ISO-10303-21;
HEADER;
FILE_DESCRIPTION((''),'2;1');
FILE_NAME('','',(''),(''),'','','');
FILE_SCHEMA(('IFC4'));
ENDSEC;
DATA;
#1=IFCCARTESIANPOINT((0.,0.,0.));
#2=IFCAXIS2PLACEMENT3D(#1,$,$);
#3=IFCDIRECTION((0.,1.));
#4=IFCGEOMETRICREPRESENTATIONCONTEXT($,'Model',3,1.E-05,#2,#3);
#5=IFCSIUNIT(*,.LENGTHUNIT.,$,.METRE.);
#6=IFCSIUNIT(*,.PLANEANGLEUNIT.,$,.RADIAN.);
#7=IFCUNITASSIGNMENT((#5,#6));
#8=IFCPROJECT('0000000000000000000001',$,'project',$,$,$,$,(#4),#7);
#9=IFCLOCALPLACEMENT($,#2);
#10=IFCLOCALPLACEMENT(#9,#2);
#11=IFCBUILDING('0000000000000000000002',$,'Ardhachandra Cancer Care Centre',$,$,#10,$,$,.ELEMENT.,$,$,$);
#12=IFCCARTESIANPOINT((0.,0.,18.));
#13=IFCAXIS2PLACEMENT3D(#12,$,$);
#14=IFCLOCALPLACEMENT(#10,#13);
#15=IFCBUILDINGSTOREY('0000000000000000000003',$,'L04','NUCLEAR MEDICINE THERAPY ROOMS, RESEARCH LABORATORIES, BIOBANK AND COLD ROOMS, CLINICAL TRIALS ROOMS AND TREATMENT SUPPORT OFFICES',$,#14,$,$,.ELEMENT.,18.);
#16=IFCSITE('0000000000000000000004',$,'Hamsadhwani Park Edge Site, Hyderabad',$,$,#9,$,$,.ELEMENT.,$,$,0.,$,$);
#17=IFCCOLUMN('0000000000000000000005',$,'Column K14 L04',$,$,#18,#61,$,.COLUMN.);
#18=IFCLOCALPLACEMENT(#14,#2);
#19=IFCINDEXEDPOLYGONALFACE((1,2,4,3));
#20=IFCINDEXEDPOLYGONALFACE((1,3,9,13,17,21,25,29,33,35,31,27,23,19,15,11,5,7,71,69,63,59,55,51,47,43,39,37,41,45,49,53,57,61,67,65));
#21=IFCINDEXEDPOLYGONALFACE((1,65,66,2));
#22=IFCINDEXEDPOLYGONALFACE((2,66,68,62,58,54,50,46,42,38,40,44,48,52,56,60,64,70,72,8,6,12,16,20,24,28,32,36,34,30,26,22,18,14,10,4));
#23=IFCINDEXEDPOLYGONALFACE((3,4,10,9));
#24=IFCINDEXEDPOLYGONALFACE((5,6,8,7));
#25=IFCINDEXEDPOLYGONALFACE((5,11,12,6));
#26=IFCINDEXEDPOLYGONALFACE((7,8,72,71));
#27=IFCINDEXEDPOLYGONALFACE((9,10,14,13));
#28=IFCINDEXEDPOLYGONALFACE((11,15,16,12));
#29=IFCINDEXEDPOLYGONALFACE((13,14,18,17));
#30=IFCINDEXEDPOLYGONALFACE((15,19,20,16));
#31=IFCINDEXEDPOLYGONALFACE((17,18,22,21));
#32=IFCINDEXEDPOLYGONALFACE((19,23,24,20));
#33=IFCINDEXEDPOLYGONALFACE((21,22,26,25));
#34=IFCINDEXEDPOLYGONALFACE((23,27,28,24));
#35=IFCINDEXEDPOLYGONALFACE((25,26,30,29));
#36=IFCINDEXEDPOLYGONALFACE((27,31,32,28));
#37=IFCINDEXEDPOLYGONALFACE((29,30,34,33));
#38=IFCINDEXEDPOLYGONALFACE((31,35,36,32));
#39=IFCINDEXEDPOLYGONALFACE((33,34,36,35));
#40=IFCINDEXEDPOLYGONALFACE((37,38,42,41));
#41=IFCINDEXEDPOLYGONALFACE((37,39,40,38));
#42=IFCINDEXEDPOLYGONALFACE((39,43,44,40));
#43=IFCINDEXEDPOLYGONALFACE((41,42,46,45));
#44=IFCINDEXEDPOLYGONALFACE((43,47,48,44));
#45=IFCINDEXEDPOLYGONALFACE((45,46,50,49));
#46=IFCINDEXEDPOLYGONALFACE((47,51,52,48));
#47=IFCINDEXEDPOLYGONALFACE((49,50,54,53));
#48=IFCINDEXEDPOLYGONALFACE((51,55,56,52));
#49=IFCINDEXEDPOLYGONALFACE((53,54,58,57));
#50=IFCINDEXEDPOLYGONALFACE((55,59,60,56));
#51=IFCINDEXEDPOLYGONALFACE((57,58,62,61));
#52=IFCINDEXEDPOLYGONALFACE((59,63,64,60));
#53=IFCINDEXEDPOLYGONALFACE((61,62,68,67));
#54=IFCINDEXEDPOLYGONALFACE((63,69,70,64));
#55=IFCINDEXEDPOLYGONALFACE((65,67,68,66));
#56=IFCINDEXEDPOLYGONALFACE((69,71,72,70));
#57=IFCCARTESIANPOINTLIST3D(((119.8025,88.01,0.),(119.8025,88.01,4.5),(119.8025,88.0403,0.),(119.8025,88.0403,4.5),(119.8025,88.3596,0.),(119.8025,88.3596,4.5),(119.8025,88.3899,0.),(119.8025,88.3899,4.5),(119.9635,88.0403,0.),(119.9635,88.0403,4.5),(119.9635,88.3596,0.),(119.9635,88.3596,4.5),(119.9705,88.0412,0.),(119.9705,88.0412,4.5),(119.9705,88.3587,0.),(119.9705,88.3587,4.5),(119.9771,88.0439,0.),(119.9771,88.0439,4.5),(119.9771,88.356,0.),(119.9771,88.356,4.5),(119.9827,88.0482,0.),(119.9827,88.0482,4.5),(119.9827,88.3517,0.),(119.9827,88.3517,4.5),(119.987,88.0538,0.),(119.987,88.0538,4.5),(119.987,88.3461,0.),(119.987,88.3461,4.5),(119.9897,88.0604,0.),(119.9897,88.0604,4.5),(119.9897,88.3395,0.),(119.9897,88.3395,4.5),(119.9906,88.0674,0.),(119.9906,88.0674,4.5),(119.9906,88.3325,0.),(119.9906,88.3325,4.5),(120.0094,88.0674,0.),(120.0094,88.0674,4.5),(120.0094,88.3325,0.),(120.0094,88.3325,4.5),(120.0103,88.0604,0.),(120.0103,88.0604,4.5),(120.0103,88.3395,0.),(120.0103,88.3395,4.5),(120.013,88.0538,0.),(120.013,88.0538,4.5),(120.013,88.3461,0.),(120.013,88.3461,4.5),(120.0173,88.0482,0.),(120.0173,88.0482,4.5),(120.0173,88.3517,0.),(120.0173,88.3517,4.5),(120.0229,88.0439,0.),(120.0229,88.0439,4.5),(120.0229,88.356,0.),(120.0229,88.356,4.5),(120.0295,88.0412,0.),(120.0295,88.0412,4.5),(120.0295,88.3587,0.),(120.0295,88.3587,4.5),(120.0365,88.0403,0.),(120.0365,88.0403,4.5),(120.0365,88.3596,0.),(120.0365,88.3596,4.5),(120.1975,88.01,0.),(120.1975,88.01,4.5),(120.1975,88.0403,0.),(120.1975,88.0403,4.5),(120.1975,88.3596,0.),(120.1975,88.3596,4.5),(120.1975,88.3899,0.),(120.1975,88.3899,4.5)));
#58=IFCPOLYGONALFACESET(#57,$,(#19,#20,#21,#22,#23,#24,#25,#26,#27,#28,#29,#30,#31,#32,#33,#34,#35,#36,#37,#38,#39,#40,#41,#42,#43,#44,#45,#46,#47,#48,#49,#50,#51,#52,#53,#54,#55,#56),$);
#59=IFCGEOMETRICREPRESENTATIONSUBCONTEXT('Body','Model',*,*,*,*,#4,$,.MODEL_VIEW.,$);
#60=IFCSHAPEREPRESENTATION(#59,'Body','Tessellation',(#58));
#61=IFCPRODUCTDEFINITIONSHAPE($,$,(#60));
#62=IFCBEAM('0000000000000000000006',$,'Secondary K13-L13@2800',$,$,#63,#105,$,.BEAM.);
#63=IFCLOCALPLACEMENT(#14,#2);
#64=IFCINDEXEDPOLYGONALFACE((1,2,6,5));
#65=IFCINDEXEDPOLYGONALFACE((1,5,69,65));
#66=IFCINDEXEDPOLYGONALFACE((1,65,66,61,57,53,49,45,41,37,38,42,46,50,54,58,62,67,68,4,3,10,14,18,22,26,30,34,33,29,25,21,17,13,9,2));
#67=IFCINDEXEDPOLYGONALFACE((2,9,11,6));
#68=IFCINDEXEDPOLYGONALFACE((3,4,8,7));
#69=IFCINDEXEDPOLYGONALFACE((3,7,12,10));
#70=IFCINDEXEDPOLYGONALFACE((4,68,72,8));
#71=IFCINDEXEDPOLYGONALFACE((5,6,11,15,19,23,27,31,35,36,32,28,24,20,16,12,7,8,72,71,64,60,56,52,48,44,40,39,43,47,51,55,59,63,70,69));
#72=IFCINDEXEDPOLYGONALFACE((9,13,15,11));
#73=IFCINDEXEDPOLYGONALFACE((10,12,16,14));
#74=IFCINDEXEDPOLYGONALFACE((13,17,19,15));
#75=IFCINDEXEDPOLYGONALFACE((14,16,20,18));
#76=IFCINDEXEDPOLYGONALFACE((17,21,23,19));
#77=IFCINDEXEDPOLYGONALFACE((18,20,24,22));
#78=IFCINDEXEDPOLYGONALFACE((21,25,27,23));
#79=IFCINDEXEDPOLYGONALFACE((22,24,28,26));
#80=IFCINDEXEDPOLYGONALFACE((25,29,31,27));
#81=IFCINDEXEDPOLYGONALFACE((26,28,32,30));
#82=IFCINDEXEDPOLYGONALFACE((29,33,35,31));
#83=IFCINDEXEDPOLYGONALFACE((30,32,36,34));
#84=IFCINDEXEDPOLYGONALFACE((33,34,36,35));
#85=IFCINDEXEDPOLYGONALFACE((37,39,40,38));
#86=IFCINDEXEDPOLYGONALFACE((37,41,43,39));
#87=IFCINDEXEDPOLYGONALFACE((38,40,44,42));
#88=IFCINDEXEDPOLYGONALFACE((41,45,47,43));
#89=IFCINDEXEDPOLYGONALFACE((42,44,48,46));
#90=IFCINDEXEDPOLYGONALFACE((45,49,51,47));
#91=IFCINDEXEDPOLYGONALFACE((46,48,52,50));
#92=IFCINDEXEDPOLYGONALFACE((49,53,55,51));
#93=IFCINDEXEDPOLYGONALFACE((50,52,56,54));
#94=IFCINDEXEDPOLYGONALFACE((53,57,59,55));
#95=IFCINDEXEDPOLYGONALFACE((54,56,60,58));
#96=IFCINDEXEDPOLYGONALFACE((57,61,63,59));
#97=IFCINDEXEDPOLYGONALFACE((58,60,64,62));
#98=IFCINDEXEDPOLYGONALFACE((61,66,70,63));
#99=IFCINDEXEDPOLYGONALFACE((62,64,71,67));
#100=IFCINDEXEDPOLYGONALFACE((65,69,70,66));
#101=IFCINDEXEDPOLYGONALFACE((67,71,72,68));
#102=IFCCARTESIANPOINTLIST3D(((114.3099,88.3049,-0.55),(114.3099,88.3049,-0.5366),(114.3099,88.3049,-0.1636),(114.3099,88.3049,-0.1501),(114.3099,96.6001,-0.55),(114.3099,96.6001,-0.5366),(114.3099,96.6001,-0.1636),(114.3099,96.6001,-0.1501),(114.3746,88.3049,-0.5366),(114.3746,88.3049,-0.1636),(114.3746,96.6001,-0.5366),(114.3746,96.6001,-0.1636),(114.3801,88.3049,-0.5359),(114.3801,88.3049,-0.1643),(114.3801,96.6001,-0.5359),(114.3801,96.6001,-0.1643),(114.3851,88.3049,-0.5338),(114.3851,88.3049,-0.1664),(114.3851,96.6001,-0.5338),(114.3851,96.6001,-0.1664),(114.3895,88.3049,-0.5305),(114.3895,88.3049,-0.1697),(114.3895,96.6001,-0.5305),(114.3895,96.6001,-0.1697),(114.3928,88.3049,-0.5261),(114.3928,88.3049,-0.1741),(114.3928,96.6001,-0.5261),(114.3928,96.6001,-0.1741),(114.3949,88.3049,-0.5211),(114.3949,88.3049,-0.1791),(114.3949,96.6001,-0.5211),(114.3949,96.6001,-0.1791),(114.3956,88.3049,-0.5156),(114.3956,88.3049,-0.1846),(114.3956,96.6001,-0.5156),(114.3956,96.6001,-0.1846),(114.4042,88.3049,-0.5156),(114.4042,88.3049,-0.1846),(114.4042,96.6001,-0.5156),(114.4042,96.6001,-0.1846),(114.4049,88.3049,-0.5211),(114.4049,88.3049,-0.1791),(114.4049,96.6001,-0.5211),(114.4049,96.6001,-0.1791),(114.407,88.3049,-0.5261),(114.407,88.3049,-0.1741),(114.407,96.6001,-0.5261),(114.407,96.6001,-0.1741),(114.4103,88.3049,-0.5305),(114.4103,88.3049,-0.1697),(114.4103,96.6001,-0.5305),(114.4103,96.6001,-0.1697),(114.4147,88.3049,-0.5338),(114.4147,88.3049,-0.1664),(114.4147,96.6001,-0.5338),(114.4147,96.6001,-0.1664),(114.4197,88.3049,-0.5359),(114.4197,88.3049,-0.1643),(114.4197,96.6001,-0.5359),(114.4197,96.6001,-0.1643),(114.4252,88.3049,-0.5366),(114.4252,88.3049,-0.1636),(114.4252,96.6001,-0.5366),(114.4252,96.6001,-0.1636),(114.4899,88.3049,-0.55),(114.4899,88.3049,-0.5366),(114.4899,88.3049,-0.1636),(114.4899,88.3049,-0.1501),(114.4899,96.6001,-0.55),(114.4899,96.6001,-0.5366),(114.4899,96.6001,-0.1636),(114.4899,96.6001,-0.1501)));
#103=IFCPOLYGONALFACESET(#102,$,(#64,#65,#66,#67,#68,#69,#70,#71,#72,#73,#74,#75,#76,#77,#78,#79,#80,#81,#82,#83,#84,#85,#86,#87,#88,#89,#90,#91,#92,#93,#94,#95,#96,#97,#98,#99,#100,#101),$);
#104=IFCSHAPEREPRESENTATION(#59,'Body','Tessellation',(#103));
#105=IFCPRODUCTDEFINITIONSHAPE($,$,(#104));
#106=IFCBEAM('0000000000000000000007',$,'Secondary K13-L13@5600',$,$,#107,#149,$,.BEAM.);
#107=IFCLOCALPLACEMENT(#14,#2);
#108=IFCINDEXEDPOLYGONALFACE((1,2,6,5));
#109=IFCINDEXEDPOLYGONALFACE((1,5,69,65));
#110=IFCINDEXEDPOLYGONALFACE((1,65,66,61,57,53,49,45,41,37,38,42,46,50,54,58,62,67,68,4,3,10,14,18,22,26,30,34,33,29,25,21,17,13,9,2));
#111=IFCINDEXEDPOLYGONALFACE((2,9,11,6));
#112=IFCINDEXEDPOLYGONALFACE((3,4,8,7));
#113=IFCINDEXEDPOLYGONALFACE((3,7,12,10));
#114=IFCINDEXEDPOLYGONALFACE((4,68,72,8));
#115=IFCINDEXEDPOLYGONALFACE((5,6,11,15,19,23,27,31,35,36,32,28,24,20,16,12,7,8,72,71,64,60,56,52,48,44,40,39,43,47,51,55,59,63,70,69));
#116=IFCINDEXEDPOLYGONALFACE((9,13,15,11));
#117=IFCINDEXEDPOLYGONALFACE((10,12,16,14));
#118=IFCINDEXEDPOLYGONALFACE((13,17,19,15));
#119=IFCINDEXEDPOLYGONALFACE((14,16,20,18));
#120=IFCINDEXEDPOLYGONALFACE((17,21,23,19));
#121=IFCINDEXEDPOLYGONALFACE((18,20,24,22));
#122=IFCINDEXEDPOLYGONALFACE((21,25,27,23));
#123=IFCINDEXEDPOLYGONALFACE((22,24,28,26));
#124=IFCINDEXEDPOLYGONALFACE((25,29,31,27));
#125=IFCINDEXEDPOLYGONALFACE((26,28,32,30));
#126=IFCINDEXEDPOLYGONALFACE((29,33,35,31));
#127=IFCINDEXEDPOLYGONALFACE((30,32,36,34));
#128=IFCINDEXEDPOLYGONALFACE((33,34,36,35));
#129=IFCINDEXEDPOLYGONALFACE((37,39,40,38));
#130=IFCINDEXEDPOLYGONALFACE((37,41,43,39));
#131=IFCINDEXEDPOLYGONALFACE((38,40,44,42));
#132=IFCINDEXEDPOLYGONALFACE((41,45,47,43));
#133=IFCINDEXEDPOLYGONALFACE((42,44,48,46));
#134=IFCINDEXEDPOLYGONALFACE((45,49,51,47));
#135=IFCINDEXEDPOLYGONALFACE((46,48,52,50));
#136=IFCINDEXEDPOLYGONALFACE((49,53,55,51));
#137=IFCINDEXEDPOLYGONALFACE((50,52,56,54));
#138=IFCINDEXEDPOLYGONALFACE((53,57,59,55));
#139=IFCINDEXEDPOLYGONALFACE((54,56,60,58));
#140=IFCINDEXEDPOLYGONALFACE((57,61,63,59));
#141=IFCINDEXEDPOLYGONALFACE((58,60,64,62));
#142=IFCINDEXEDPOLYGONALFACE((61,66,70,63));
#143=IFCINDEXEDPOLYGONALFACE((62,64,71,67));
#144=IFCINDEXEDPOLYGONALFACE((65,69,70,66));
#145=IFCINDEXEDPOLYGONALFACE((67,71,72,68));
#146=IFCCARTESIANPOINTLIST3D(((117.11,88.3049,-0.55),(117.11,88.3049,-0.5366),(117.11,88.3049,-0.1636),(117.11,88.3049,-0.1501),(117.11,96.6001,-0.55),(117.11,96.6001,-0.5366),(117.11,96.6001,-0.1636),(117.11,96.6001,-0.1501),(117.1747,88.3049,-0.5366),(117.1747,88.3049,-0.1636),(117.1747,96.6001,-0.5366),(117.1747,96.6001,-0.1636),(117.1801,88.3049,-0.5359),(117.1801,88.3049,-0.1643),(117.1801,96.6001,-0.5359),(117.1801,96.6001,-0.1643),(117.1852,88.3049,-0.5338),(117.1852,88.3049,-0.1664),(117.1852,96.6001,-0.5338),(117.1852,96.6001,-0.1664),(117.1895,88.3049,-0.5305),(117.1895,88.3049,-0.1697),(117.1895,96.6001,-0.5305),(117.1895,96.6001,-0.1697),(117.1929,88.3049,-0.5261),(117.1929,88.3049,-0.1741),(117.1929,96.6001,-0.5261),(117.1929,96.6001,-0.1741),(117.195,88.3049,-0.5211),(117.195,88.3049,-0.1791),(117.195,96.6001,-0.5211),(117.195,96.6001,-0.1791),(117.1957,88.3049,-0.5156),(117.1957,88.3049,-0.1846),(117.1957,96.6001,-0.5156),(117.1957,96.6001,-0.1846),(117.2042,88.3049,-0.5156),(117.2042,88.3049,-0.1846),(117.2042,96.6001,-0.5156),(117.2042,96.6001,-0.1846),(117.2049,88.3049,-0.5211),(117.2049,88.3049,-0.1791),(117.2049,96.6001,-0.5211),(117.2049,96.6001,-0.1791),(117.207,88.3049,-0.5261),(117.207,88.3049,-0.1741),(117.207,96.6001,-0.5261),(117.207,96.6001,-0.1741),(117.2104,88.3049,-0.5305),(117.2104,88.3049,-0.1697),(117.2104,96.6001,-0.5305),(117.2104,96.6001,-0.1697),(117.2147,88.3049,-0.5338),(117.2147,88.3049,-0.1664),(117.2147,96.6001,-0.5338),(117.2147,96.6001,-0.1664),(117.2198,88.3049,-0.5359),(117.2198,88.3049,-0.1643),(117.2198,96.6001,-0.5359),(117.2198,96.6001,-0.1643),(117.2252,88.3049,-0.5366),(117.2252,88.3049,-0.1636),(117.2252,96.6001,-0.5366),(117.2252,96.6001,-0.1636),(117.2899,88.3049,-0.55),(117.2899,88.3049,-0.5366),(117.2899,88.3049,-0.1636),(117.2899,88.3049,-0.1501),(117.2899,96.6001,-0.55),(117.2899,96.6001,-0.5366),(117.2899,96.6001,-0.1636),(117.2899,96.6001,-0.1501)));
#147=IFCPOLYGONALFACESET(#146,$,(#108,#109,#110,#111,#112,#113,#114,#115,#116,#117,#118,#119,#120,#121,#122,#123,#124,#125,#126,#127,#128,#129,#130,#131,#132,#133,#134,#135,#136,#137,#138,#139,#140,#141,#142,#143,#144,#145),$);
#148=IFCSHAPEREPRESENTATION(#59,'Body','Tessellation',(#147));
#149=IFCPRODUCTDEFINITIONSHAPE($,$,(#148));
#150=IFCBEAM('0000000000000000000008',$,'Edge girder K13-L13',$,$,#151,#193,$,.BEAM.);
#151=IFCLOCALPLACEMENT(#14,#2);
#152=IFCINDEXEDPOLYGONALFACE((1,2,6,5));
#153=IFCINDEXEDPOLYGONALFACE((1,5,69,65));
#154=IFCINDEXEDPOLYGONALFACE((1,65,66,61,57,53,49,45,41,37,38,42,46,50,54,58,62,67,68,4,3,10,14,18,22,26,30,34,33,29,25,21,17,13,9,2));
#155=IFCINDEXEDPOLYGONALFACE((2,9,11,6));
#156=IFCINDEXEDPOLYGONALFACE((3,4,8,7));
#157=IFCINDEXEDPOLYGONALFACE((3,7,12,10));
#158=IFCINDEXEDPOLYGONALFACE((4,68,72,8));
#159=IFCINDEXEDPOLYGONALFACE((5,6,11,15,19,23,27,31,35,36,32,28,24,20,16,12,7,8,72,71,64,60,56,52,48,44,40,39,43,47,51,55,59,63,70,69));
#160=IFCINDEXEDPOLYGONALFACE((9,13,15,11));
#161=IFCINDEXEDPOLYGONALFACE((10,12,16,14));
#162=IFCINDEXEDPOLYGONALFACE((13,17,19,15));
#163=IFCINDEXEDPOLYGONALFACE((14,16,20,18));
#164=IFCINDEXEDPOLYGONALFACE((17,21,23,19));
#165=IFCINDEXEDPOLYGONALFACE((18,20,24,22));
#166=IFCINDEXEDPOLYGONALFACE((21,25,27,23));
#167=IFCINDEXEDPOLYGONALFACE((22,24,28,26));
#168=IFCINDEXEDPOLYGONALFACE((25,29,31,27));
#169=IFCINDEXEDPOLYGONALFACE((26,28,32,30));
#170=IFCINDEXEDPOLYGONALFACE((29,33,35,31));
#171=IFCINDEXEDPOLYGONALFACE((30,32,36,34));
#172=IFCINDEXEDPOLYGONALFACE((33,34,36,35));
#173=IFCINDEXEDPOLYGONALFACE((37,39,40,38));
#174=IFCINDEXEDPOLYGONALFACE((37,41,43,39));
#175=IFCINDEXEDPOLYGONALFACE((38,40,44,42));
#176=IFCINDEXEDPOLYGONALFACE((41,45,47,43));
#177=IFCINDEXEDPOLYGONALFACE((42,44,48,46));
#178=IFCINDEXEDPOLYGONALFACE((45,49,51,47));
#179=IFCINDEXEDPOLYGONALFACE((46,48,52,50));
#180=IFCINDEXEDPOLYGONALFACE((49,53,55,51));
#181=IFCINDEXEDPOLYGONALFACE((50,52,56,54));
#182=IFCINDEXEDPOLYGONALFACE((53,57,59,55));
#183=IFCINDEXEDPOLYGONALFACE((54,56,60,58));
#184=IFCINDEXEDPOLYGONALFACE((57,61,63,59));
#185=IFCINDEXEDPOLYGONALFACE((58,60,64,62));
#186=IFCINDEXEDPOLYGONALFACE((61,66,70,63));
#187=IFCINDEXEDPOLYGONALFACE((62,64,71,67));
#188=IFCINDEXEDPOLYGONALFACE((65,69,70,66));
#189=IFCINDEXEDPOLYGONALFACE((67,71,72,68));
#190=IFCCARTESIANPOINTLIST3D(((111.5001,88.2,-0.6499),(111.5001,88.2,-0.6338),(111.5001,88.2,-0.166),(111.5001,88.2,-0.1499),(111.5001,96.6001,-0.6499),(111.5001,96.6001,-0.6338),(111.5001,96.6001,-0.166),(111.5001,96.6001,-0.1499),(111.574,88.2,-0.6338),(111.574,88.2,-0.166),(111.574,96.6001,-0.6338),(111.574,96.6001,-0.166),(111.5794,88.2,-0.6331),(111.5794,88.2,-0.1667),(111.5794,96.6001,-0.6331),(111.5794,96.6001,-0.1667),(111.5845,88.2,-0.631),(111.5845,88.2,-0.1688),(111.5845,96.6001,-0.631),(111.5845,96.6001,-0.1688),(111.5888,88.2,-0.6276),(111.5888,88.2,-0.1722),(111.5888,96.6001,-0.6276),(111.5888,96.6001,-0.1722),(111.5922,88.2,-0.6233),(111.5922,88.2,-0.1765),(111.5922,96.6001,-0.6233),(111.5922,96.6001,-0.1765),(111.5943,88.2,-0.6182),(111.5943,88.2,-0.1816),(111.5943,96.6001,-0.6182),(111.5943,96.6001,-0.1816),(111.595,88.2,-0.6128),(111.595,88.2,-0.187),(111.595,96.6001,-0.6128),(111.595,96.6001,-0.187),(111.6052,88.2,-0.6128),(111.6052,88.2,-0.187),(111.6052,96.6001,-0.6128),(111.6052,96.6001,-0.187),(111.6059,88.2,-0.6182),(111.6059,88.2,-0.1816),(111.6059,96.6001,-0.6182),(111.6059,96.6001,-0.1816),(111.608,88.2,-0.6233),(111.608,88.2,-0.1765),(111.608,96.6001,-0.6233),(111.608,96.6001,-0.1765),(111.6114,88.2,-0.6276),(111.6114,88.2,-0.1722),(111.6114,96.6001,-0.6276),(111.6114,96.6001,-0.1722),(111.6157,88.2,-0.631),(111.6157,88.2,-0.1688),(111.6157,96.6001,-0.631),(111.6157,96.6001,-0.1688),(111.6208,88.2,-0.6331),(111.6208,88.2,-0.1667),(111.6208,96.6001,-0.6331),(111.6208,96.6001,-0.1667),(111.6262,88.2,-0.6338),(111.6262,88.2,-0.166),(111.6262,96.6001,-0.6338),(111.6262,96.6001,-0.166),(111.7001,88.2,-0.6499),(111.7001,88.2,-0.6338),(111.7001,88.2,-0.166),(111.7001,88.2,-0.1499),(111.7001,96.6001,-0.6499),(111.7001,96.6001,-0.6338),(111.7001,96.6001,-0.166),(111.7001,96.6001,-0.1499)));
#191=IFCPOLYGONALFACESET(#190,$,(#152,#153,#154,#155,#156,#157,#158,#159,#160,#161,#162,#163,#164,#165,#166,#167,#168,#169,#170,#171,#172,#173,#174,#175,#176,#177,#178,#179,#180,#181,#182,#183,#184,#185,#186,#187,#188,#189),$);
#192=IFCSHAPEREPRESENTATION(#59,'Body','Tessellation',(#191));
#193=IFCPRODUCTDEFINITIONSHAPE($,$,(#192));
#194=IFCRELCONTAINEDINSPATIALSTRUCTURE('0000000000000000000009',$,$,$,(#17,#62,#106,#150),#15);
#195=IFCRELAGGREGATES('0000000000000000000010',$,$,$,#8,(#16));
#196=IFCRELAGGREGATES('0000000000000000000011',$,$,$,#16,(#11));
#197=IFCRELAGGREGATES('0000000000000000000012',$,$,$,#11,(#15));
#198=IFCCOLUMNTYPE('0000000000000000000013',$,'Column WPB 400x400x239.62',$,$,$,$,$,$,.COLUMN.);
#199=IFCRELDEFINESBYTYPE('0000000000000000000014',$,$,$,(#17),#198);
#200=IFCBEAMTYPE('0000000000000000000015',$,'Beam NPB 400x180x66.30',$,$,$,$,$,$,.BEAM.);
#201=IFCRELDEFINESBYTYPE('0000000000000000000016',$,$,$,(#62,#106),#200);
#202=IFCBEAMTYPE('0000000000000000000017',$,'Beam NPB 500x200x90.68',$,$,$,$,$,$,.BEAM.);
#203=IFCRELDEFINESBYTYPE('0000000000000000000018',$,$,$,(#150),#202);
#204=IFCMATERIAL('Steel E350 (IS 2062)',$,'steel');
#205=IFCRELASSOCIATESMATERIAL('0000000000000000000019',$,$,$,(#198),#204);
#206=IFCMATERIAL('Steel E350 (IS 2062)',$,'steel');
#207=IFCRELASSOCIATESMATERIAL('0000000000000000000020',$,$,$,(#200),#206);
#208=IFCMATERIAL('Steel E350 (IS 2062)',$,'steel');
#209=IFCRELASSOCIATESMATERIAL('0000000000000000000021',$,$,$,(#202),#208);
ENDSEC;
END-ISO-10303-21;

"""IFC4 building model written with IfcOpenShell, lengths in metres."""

from ifc_helpers import new_model, si_unit, direction, frame, origin, origin_2d, place, context, subcontext, project, spatial, i_section, extrude, material, material_profile, profile_set, type_object, element, save


model = new_model("IFC4")

# Units and contexts
model_context = context("Model", 3, precision=1e-05, world=origin(), true_north=direction((0.0, 1.0)))
body_context = subcontext(model_context, "Body", "Model", "MODEL_VIEW")
ifc_project = project(units=[si_unit("LENGTHUNIT", "METRE"), si_unit("PLANEANGLEUNIT", "RADIAN")], contexts=[model_context])

# Site, building, storey
site_placement = place(None, origin())
site = spatial("IfcSite", under=ifc_project, at=site_placement, Name="Hamsadhwani Park Edge Site, Hyderabad", CompositionType="ELEMENT", RefElevation=0.0)
building_placement = place(site_placement, origin())
building = spatial("IfcBuilding", under=site, at=building_placement, Name="Ardhachandra Cancer Care Centre", CompositionType="ELEMENT")
storey_placement = place(building_placement, frame((0.0, 0.0, 18.0)))
storey = spatial("IfcBuildingStorey", under=building, at=storey_placement, Name="L04", Description="NUCLEAR MEDICINE THERAPY ROOMS, RESEARCH LABORATORIES, BIOBANK AND COLD ROOMS, CLINICAL TRIALS ROOMS AND TREATMENT SUPPORT OFFICES", CompositionType="ELEMENT", Elevation=18.0)

# Column
ifc_material_1 = material(Name="Steel E350 (IS 2062)", Category="steel")
ifc_material_profile_1 = material_profile(ifc_material_1, i_section(OverallWidth=0.395, OverallDepth=0.3799, WebThickness=0.0188, FlangeThickness=0.0303, FilletRadius=0.0271, at=origin_2d()), Name="WPB 400x400x239.62")
ifc_profile_set_1 = profile_set([ifc_material_profile_1], Name="Steel E350 (IS 2062)")
column_type = type_object("IfcColumnType", Name="Column WPB 400x400x239.62", PredefinedType="COLUMN", material=ifc_profile_set_1)
column_placement = place(storey_placement, frame((120.0, 88.2, 0.0), z_axis=(0.0, 0.0, 1.0), x_axis=(1.0, 0.0, 0.0)))
element("IfcColumn", 1, at=column_placement, inside=storey, type_object=column_type, Name="Column K14 L04", PredefinedType="COLUMN", context=body_context, shape_type="SweptSolid", body=[
    extrude(i_section(OverallWidth=0.395, OverallDepth=0.3799, WebThickness=0.0188, FlangeThickness=0.0303, FilletRadius=0.0271, at=origin_2d()), origin(), (0.0, 0.0, 1.0), 4.5),
])

# Beams
ifc_material_2 = material(Name="Steel E350 (IS 2062)", Category="steel")
ifc_material_profile_2 = material_profile(ifc_material_2, i_section(OverallWidth=0.1799, OverallDepth=0.3999, WebThickness=0.0085, FlangeThickness=0.0134, FilletRadius=0.021, at=origin_2d()), Name="NPB 400x180x66.30")
ifc_profile_set_2 = profile_set([ifc_material_profile_2], Name="Steel E350 (IS 2062)")
beam_type_1 = type_object("IfcBeamType", Name="Beam NPB 400x180x66.30", PredefinedType="BEAM", material=ifc_profile_set_2)
for number, where, z_axis, x_axis, name in (
    (2, (114.3999, 88.3049, -0.3501), (0.0, 1.0, 0.0), (-1.0, 0.0, 0.0), "Secondary K13-L13@2800"),
    (3, (117.2, 88.3049, -0.3501), (0.0, 1.0, 0.0), (-1.0, 0.0, 0.0), "Secondary K13-L13@5600"),
):
    element("IfcBeam", number, at=place(storey_placement, frame(where, z_axis=z_axis, x_axis=x_axis)), inside=storey, type_object=beam_type_1, Name=name, PredefinedType="BEAM", context=body_context, shape_type="SweptSolid", body=[
        extrude(i_section(OverallWidth=0.1799, OverallDepth=0.3999, WebThickness=0.0085, FlangeThickness=0.0134, FilletRadius=0.021, at=origin_2d()), origin(), (0.0, 0.0, 1.0), 8.2952),
    ])
ifc_material_3 = material(Name="Steel E350 (IS 2062)", Category="steel")
ifc_material_profile_3 = material_profile(ifc_material_3, i_section(OverallWidth=0.2, OverallDepth=0.5, WebThickness=0.0103, FlangeThickness=0.0161, FilletRadius=0.021, at=origin_2d()), Name="NPB 500x200x90.68")
ifc_profile_set_3 = profile_set([ifc_material_profile_3], Name="Steel E350 (IS 2062)")
beam_type_2 = type_object("IfcBeamType", Name="Beam NPB 500x200x90.68", PredefinedType="BEAM", material=ifc_profile_set_3)
beam_placement = place(storey_placement, frame((111.6001, 88.2, -0.3999), z_axis=(0.0, 1.0, 0.0), x_axis=(-1.0, 0.0, 0.0)))
element("IfcBeam", 4, at=beam_placement, inside=storey, type_object=beam_type_2, Name="Edge girder K13-L13", PredefinedType="BEAM", context=body_context, shape_type="SweptSolid", body=[
    extrude(i_section(OverallWidth=0.2, OverallDepth=0.5, WebThickness=0.0103, FlangeThickness=0.0161, FilletRadius=0.021, at=origin_2d()), origin(), (0.0, 0.0, 1.0), 8.4001),
])

save(model, "model.ifc")
